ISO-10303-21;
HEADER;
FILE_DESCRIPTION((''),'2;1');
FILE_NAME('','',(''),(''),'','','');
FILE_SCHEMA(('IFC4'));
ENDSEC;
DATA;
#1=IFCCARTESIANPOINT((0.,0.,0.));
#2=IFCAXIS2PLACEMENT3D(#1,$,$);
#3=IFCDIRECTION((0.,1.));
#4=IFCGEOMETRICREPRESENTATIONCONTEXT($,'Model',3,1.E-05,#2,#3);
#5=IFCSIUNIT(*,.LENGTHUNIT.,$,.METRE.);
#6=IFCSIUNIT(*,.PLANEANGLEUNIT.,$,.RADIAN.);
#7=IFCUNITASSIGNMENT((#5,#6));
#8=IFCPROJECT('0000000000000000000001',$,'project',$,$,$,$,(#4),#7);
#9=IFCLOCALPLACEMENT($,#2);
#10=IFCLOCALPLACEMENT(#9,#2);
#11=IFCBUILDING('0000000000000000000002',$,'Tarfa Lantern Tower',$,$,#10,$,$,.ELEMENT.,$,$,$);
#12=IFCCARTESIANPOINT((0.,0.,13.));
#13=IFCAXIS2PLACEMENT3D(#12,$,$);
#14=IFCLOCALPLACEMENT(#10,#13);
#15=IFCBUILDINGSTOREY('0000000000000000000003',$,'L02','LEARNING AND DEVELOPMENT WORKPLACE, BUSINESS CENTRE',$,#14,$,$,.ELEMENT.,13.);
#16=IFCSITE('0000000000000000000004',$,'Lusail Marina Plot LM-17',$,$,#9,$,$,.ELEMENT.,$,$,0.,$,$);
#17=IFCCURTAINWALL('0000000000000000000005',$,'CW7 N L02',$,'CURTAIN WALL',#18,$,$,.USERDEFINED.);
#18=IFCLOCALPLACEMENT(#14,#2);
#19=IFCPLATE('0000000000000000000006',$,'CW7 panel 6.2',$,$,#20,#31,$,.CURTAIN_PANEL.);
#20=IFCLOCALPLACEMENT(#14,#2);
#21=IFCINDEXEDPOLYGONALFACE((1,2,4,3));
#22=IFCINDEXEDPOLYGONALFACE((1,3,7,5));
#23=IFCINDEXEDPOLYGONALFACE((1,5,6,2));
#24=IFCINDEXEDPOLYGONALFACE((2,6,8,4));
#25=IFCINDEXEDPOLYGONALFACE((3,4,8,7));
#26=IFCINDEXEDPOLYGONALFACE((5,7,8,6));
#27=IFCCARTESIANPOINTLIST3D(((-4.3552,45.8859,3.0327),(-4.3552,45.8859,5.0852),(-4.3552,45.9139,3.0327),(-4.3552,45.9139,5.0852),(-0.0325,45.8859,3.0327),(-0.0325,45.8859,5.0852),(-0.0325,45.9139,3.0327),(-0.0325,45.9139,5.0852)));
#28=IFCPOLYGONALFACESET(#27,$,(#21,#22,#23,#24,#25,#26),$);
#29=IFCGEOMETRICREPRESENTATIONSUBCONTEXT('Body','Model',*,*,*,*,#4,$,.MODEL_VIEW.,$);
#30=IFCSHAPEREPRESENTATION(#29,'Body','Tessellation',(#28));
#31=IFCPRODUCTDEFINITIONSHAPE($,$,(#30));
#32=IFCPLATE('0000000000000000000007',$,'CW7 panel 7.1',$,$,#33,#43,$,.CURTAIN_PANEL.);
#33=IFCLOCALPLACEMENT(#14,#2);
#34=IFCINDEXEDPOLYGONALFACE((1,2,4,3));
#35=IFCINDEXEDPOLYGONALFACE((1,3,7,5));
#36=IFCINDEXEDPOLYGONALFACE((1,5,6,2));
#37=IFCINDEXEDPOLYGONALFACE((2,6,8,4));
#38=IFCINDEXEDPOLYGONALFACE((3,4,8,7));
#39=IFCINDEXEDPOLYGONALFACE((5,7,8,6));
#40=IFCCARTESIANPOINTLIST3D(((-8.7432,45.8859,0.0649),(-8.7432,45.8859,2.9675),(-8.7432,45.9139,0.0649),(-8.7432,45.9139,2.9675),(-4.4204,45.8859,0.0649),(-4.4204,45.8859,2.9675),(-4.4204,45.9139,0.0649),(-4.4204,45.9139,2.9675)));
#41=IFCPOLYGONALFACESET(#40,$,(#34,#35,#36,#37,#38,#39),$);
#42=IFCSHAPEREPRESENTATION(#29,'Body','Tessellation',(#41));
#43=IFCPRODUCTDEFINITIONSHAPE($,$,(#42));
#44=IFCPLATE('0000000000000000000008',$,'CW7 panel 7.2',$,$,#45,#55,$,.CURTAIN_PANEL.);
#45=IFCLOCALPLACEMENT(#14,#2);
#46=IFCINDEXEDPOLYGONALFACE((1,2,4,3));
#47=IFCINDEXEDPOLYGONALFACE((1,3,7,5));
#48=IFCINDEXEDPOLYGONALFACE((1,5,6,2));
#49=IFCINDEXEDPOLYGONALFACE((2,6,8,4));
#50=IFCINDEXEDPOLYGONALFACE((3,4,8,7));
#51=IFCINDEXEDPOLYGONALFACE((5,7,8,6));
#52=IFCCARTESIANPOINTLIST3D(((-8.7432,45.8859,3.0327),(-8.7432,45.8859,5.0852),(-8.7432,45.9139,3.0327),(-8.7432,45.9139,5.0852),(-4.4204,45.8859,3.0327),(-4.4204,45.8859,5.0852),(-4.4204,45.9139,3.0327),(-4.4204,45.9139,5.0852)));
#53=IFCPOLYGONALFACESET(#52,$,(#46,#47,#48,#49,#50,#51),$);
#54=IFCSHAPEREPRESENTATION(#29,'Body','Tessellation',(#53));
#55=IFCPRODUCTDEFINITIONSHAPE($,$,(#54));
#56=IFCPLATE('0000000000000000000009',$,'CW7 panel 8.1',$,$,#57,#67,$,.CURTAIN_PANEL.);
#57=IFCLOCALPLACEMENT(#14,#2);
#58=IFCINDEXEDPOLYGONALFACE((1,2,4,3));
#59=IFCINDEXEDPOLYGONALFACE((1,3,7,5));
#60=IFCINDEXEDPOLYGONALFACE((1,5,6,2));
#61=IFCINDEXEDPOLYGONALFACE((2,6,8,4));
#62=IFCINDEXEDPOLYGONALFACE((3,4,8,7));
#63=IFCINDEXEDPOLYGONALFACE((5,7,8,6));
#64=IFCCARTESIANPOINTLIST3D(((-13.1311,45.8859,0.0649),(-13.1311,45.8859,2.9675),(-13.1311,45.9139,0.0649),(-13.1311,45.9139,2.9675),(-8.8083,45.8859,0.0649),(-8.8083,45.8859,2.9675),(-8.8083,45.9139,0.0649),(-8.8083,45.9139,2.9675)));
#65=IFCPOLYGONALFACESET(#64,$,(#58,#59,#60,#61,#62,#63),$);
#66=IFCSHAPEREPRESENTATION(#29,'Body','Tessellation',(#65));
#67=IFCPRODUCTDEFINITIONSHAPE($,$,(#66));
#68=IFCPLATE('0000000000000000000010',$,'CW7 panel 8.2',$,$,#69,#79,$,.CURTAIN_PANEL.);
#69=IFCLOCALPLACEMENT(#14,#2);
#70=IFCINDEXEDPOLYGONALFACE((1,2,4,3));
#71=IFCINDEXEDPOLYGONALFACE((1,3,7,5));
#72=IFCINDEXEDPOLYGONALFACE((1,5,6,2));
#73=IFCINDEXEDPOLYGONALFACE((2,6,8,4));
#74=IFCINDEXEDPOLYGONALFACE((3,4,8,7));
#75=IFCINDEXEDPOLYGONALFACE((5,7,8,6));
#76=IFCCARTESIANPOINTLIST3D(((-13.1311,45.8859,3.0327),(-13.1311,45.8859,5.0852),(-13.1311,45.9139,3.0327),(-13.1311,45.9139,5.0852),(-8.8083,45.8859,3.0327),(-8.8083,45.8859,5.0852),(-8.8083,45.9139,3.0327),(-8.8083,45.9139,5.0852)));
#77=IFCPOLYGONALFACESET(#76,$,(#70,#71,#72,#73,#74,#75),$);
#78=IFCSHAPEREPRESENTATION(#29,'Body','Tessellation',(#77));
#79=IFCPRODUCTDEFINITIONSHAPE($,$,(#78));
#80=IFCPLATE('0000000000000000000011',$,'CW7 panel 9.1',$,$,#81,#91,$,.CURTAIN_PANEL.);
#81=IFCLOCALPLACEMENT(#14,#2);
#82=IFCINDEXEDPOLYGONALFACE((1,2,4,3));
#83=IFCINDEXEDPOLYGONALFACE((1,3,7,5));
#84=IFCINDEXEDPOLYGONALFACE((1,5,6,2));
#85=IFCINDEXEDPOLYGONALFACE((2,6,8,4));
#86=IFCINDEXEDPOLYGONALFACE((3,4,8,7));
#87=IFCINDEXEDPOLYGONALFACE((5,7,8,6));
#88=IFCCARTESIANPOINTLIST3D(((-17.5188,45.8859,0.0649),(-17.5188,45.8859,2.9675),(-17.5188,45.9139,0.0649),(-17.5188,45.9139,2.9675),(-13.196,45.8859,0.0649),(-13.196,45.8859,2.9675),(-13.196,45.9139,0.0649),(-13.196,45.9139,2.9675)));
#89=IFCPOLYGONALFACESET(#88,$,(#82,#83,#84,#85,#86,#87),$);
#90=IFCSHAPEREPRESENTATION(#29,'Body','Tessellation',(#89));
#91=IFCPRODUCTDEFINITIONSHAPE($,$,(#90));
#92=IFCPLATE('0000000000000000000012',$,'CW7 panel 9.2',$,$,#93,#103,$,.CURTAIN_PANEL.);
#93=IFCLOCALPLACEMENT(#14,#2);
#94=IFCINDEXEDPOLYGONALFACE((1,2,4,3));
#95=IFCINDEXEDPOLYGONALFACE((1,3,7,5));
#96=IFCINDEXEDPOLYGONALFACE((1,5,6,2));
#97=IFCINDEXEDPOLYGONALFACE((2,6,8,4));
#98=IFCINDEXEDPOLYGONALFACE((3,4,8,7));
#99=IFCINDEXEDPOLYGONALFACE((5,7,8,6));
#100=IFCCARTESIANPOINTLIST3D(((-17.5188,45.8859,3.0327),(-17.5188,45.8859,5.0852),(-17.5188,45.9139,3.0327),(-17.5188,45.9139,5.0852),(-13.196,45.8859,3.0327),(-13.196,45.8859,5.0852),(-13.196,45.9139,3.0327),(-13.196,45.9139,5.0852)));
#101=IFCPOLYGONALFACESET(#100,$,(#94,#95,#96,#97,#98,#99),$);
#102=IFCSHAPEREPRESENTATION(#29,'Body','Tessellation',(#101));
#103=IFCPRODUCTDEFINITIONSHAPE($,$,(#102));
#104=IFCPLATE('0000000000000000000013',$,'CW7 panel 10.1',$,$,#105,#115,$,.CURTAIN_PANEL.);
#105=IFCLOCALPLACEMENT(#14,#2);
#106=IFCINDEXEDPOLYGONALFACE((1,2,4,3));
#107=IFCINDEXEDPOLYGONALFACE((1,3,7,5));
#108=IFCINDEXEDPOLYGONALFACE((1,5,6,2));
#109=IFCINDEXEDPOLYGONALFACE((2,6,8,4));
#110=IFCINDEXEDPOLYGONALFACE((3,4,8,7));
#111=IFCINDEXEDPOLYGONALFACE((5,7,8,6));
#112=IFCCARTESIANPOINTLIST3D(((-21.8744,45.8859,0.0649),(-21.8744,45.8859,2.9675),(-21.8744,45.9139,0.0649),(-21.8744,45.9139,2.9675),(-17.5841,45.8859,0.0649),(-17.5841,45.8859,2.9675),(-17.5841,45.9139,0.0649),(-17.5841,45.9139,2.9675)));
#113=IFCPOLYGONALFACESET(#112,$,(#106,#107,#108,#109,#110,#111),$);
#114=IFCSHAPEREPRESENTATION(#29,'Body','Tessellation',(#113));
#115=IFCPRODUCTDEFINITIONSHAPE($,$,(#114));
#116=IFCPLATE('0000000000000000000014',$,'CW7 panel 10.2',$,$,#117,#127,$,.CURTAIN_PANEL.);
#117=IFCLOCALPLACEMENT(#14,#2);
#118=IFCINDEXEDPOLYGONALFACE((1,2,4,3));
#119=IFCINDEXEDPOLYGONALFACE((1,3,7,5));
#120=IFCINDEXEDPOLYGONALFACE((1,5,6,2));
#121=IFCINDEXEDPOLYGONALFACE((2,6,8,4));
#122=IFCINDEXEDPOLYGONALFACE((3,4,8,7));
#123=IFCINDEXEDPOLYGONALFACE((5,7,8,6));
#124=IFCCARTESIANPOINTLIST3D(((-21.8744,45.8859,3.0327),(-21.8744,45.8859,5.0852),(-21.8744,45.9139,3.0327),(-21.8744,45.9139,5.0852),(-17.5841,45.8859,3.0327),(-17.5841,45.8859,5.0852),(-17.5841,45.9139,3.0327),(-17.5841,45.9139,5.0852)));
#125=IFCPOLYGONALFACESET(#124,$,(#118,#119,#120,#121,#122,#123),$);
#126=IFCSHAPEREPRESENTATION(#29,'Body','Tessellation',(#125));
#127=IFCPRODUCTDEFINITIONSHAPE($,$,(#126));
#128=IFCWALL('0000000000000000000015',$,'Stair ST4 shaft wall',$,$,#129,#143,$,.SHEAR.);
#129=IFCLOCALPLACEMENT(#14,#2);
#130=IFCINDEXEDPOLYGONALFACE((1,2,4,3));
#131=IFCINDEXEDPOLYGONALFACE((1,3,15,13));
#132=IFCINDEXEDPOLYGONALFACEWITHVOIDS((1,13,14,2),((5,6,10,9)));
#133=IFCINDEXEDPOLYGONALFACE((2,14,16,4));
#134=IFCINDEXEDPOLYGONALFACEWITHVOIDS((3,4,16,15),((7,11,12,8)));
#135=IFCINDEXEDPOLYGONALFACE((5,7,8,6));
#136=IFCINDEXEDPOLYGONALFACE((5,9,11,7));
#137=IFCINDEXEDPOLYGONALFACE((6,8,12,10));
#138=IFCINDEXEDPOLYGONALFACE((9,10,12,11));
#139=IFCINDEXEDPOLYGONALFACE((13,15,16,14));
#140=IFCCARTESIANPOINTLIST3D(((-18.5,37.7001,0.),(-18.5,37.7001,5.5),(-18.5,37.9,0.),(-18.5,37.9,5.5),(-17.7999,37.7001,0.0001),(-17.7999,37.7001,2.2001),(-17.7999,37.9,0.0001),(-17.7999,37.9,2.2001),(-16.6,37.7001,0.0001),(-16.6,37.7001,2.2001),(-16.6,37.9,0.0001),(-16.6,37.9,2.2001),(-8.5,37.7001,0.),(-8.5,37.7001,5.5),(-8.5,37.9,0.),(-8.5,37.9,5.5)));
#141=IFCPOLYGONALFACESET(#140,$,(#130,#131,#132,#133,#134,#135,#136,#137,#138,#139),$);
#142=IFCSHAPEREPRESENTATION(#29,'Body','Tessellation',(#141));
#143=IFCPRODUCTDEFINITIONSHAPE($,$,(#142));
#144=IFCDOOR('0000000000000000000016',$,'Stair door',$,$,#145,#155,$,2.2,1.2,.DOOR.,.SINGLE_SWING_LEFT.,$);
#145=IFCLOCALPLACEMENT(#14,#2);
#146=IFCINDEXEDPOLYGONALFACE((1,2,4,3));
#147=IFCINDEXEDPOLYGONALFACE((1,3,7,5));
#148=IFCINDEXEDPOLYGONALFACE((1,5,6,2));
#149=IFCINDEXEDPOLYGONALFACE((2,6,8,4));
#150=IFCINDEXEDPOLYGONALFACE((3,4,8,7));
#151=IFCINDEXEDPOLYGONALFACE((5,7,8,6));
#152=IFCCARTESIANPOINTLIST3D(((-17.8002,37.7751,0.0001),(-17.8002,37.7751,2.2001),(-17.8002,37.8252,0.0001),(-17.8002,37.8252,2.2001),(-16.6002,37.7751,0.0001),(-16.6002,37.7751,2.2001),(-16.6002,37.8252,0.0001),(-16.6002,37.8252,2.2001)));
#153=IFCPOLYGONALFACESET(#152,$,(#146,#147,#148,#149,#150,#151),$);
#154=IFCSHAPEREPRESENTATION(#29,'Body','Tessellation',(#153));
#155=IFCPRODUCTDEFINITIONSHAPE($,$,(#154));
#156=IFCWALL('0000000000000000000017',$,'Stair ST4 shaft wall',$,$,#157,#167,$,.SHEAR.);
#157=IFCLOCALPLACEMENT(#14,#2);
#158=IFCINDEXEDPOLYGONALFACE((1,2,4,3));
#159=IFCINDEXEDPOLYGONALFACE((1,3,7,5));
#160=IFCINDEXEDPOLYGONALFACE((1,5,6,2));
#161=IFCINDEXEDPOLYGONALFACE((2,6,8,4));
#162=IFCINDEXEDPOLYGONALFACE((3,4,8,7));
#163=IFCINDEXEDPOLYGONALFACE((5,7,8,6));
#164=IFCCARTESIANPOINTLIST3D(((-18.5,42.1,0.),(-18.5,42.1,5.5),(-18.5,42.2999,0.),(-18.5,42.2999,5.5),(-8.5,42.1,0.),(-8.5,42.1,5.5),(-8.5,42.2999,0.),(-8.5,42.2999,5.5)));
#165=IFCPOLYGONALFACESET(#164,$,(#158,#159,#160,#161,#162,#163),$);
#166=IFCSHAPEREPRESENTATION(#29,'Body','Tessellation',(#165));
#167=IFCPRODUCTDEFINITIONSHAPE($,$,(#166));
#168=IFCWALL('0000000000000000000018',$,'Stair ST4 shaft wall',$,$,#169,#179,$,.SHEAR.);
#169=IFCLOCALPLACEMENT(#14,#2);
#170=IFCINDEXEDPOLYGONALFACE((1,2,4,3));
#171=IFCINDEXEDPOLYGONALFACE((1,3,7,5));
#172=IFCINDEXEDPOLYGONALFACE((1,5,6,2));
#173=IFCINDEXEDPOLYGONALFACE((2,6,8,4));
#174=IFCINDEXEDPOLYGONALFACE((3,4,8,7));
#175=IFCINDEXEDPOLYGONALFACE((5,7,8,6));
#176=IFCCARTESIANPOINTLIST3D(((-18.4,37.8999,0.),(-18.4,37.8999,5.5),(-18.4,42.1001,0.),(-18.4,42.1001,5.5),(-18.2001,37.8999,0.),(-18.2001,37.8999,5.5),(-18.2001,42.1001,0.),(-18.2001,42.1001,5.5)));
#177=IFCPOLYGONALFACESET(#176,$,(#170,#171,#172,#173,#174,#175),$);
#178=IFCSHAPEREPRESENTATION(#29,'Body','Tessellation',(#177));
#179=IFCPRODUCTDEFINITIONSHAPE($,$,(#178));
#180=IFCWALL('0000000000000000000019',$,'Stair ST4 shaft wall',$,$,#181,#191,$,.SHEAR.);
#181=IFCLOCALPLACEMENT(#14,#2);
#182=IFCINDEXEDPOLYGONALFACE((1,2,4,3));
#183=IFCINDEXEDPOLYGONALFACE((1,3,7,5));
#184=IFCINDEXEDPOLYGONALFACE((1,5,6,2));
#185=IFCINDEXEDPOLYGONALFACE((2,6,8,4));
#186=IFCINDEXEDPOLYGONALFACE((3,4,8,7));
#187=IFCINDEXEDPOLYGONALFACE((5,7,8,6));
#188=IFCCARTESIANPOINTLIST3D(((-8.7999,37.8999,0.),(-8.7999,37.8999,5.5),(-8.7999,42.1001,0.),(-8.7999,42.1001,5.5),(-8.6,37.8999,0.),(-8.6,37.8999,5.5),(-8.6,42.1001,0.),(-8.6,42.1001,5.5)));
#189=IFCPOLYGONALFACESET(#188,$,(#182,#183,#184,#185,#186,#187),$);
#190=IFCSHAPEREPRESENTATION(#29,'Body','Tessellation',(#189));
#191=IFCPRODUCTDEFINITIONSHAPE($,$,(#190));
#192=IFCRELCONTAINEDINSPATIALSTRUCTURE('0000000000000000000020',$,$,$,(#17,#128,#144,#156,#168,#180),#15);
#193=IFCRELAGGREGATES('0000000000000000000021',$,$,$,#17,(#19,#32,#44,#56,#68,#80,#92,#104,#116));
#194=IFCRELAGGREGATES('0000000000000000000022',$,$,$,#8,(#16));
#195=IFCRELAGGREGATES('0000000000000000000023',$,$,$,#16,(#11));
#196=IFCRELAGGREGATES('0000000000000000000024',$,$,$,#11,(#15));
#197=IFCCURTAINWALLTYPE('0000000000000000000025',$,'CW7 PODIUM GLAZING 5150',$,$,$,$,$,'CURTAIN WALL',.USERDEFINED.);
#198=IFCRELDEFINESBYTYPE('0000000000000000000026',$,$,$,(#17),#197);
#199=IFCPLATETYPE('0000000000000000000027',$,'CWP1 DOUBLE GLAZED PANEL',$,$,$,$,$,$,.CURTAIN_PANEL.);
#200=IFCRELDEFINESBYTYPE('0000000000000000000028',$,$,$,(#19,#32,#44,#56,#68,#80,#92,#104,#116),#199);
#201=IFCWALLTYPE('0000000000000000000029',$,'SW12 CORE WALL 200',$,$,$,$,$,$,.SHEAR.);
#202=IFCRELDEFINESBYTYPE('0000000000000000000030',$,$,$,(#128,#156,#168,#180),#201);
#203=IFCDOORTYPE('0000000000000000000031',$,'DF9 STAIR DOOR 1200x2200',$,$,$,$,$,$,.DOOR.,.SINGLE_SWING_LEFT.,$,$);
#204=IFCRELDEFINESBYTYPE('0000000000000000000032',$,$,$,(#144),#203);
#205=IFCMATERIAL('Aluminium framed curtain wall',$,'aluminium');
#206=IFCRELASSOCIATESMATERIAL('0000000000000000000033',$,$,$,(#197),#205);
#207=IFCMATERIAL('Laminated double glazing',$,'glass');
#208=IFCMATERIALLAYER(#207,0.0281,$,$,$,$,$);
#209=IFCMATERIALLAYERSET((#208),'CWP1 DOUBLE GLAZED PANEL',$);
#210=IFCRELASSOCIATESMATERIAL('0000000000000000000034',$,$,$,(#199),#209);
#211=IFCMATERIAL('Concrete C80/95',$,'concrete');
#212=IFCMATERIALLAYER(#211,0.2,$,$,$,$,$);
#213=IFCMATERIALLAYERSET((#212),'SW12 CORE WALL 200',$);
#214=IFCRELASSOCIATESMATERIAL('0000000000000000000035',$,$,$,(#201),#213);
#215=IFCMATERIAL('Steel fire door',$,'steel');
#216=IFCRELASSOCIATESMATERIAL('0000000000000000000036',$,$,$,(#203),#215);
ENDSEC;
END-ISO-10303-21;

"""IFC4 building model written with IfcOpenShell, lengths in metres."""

from ifc_helpers import new_model, si_unit, direction, frame, frame_2d, origin, origin_2d, place, context, subcontext, project, spatial, rectangle, extrude, material, layer, layer_set, type_object, element, fill, aggregate, save


model = new_model("IFC4")

# Units and contexts
model_context = context("Model", 3, precision=1e-05, world=origin(), true_north=direction((0.0, 1.0)))
body_context = subcontext(model_context, "Body", "Model", "MODEL_VIEW")
ifc_project = project(units=[si_unit("LENGTHUNIT", "METRE"), si_unit("PLANEANGLEUNIT", "RADIAN")], contexts=[model_context])

# Site, building, storey
site_placement = place(None, origin())
site = spatial("IfcSite", under=ifc_project, at=site_placement, Name="Lusail Marina Plot LM-17", CompositionType="ELEMENT", RefElevation=0.0)
building_placement = place(site_placement, origin())
building = spatial("IfcBuilding", under=site, at=building_placement, Name="Tarfa Lantern Tower", CompositionType="ELEMENT")
storey_placement = place(building_placement, frame((0.0, 0.0, 13.0)))
storey = spatial("IfcBuildingStorey", under=building, at=storey_placement, Name="L02", Description="LEARNING AND DEVELOPMENT WORKPLACE, BUSINESS CENTRE", CompositionType="ELEMENT", Elevation=13.0)

# Shared definitions
ifc_material_1 = material(Name="Concrete C80/95", Category="concrete")

# Curtain wall
ifc_material_2 = material(Name="Aluminium framed curtain wall", Category="aluminium")
curtain_wall_type = type_object("IfcCurtainWallType", Name="CW7 PODIUM GLAZING 5150", ElementType="CURTAIN WALL", PredefinedType="USERDEFINED", material=ifc_material_2)
curtain_wall_placement = place(storey_placement, origin())
curtain_wall = element("IfcCurtainWall", 1, at=curtain_wall_placement, inside=storey, type_object=curtain_wall_type, Name="CW7 N L02", ObjectType="CURTAIN WALL", PredefinedType="USERDEFINED")

# Plates
ifc_material_3 = material(Name="Laminated double glazing", Category="glass")
ifc_layer_1 = layer(ifc_material_3, 0.0281)
ifc_layer_set_1 = layer_set([ifc_layer_1], Name="CWP1 DOUBLE GLAZED PANEL")
plate_type = type_object("IfcPlateType", Name="CWP1 DOUBLE GLAZED PANEL", PredefinedType="CURTAIN_PANEL", material=ifc_layer_set_1)
plate_1_placement = place(storey_placement, frame((-2.1938, 45.8999, 3.0327), z_axis=(0.0, 0.0, 1.0), x_axis=(-1.0, 0.0, 0.0)))
plate_1 = element("IfcPlate", 2, at=plate_1_placement, type_object=plate_type, Name="CW7 panel 6.2", PredefinedType="CURTAIN_PANEL", context=body_context, shape_type="SweptSolid", body=[
    extrude(rectangle(XDim=4.3228, YDim=0.0281, at=origin_2d()), origin(), (0.0, 0.0, 1.0), 2.0525),
])
plate_2_placement = place(storey_placement, frame((-6.5818, 45.8999, 0.0649), z_axis=(0.0, 0.0, 1.0), x_axis=(-1.0, 0.0, 0.0)))
plate_2 = element("IfcPlate", 3, at=plate_2_placement, type_object=plate_type, Name="CW7 panel 7.1", PredefinedType="CURTAIN_PANEL", context=body_context, shape_type="SweptSolid", body=[
    extrude(rectangle(XDim=4.3228, YDim=0.0281, at=origin_2d()), origin(), (0.0, 0.0, 1.0), 2.9026),
])
plate_3_placement = place(storey_placement, frame((-6.5818, 45.8999, 3.0327), z_axis=(0.0, 0.0, 1.0), x_axis=(-1.0, 0.0, 0.0)))
plate_3 = element("IfcPlate", 4, at=plate_3_placement, type_object=plate_type, Name="CW7 panel 7.2", PredefinedType="CURTAIN_PANEL", context=body_context, shape_type="SweptSolid", body=[
    extrude(rectangle(XDim=4.3228, YDim=0.0281, at=origin_2d()), origin(), (0.0, 0.0, 1.0), 2.0525),
])
plate_4_placement = place(storey_placement, frame((-10.9697, 45.8999, 0.0649), z_axis=(0.0, 0.0, 1.0), x_axis=(-1.0, 0.0, 0.0)))
plate_4 = element("IfcPlate", 5, at=plate_4_placement, type_object=plate_type, Name="CW7 panel 8.1", PredefinedType="CURTAIN_PANEL", context=body_context, shape_type="SweptSolid", body=[
    extrude(rectangle(XDim=4.3228, YDim=0.0281, at=origin_2d()), origin(), (0.0, 0.0, 1.0), 2.9026),
])
plate_5_placement = place(storey_placement, frame((-10.9697, 45.8999, 3.0327), z_axis=(0.0, 0.0, 1.0), x_axis=(-1.0, 0.0, 0.0)))
plate_5 = element("IfcPlate", 6, at=plate_5_placement, type_object=plate_type, Name="CW7 panel 8.2", PredefinedType="CURTAIN_PANEL", context=body_context, shape_type="SweptSolid", body=[
    extrude(rectangle(XDim=4.3228, YDim=0.0281, at=origin_2d()), origin(), (0.0, 0.0, 1.0), 2.0525),
])
plate_6_placement = place(storey_placement, frame((-15.3574, 45.8999, 0.0649), z_axis=(0.0, 0.0, 1.0), x_axis=(-1.0, 0.0, 0.0)))
plate_6 = element("IfcPlate", 7, at=plate_6_placement, type_object=plate_type, Name="CW7 panel 9.1", PredefinedType="CURTAIN_PANEL", context=body_context, shape_type="SweptSolid", body=[
    extrude(rectangle(XDim=4.3228, YDim=0.0281, at=origin_2d()), origin(), (0.0, 0.0, 1.0), 2.9026),
])
plate_7_placement = place(storey_placement, frame((-15.3574, 45.8999, 3.0327), z_axis=(0.0, 0.0, 1.0), x_axis=(-1.0, 0.0, 0.0)))
plate_7 = element("IfcPlate", 8, at=plate_7_placement, type_object=plate_type, Name="CW7 panel 9.2", PredefinedType="CURTAIN_PANEL", context=body_context, shape_type="SweptSolid", body=[
    extrude(rectangle(XDim=4.3228, YDim=0.0281, at=origin_2d()), origin(), (0.0, 0.0, 1.0), 2.0525),
])
plate_8_placement = place(storey_placement, frame((-19.7292, 45.8999, 0.0649), z_axis=(0.0, 0.0, 1.0), x_axis=(-1.0, 0.0, 0.0)))
plate_8 = element("IfcPlate", 9, at=plate_8_placement, type_object=plate_type, Name="CW7 panel 10.1", PredefinedType="CURTAIN_PANEL", context=body_context, shape_type="SweptSolid", body=[
    extrude(rectangle(XDim=4.2903, YDim=0.0281, at=origin_2d()), origin(), (0.0, 0.0, 1.0), 2.9026),
])
plate_9_placement = place(storey_placement, frame((-19.7292, 45.8999, 3.0327), z_axis=(0.0, 0.0, 1.0), x_axis=(-1.0, 0.0, 0.0)))
plate_9 = element("IfcPlate", 10, at=plate_9_placement, type_object=plate_type, Name="CW7 panel 10.2", PredefinedType="CURTAIN_PANEL", context=body_context, shape_type="SweptSolid", body=[
    extrude(rectangle(XDim=4.2903, YDim=0.0281, at=origin_2d()), origin(), (0.0, 0.0, 1.0), 2.0525),
])
aggregate(curtain_wall, [plate_1, plate_2, plate_3, plate_4, plate_5, plate_6, plate_7, plate_8, plate_9])

# Wall, opening, door
ifc_layer_2 = layer(ifc_material_1, 0.2)
ifc_layer_set_2 = layer_set([ifc_layer_2], Name="SW12 CORE WALL 200")
wall_type = type_object("IfcWallType", Name="SW12 CORE WALL 200", PredefinedType="SHEAR", material=ifc_layer_set_2)
wall_1_placement = place(storey_placement, frame((-18.5, 37.8, 0.0), z_axis=(0.0, 0.0, 1.0), x_axis=(1.0, 0.0, 0.0)))
wall_1 = element("IfcWall", 11, at=wall_1_placement, inside=storey, type_object=wall_type, Name="Stair ST4 shaft wall", PredefinedType="SHEAR", context=body_context, shape_type="SweptSolid", body=[
    extrude(rectangle(XDim=10.0, YDim=0.2, at=frame_2d((5.0, 0.0))), origin(), (0.0, 0.0, 1.0), 5.5),
])
opening_placement = place(wall_1_placement, frame((0.7, 0.0, 0.0)))
opening = element("IfcOpeningElement", 12, at=opening_placement, cuts=wall_1, PredefinedType="OPENING", context=body_context, shape_type="SweptSolid", body=[
    extrude(rectangle(XDim=1.2, YDim=2.2, at=frame_2d((0.6001, 1.1001))), frame((0.0, 0.1099, 0.0), z_axis=(0.0, -1.0, 0.0), x_axis=(1.0, 0.0, 0.0)), (0.0, 0.0, 1.0), 0.22),
])
ifc_material_4 = material(Name="Steel fire door", Category="steel")
door_type = type_object("IfcDoorType", Name="DF9 STAIR DOOR 1200x2200", OperationType="SINGLE_SWING_LEFT", PredefinedType="DOOR", material=ifc_material_4)
door_placement = place(opening_placement, frame((1.2, 0.0, 0.0), z_axis=(0.0, 0.0, 1.0), x_axis=(-1.0, 0.0, 0.0)))
door = element("IfcDoor", 13, at=door_placement, inside=storey, type_object=door_type, Name="Stair door", OperationType="SINGLE_SWING_LEFT", OverallHeight=2.2, OverallWidth=1.2, PredefinedType="DOOR", context=body_context, shape_type="SweptSolid", body=[
    extrude(rectangle(XDim=1.2, YDim=2.2, at=frame_2d((0.6001, 1.1001))), frame((0.0, 0.0249, 0.0), z_axis=(0.0, -1.0, 0.0), x_axis=(1.0, 0.0, 0.0)), (0.0, 0.0, 1.0), 0.05),
])
fill(opening, door)

# Walls
wall_2_placement = place(storey_placement, frame((-8.5, 42.2, 0.0), z_axis=(0.0, 0.0, 1.0), x_axis=(-1.0, 0.0, 0.0)))
element("IfcWall", 14, at=wall_2_placement, inside=storey, type_object=wall_type, Name="Stair ST4 shaft wall", PredefinedType="SHEAR", context=body_context, shape_type="SweptSolid", body=[
    extrude(rectangle(XDim=10.0, YDim=0.2, at=frame_2d((5.0, 0.0))), origin(), (0.0, 0.0, 1.0), 5.5),
])
for number, where, z_axis, x_axis, name in (
    (15, (-18.3, 42.1001, 0.0), (0.0, 0.0, 1.0), (0.0, -1.0, 0.0), "Stair ST4 shaft wall"),
    (16, (-8.7, 37.8999, 0.0), (0.0, 0.0, 1.0), (0.0, 1.0, 0.0), "Stair ST4 shaft wall"),
):
    element("IfcWall", number, at=place(storey_placement, frame(where, z_axis=z_axis, x_axis=x_axis)), inside=storey, type_object=wall_type, Name=name, PredefinedType="SHEAR", context=body_context, shape_type="SweptSolid", body=[
        extrude(rectangle(XDim=4.2002, YDim=0.2, at=frame_2d((2.1001, 0.0))), origin(), (0.0, 0.0, 1.0), 5.5),
    ])

save(model, "model.ifc")
